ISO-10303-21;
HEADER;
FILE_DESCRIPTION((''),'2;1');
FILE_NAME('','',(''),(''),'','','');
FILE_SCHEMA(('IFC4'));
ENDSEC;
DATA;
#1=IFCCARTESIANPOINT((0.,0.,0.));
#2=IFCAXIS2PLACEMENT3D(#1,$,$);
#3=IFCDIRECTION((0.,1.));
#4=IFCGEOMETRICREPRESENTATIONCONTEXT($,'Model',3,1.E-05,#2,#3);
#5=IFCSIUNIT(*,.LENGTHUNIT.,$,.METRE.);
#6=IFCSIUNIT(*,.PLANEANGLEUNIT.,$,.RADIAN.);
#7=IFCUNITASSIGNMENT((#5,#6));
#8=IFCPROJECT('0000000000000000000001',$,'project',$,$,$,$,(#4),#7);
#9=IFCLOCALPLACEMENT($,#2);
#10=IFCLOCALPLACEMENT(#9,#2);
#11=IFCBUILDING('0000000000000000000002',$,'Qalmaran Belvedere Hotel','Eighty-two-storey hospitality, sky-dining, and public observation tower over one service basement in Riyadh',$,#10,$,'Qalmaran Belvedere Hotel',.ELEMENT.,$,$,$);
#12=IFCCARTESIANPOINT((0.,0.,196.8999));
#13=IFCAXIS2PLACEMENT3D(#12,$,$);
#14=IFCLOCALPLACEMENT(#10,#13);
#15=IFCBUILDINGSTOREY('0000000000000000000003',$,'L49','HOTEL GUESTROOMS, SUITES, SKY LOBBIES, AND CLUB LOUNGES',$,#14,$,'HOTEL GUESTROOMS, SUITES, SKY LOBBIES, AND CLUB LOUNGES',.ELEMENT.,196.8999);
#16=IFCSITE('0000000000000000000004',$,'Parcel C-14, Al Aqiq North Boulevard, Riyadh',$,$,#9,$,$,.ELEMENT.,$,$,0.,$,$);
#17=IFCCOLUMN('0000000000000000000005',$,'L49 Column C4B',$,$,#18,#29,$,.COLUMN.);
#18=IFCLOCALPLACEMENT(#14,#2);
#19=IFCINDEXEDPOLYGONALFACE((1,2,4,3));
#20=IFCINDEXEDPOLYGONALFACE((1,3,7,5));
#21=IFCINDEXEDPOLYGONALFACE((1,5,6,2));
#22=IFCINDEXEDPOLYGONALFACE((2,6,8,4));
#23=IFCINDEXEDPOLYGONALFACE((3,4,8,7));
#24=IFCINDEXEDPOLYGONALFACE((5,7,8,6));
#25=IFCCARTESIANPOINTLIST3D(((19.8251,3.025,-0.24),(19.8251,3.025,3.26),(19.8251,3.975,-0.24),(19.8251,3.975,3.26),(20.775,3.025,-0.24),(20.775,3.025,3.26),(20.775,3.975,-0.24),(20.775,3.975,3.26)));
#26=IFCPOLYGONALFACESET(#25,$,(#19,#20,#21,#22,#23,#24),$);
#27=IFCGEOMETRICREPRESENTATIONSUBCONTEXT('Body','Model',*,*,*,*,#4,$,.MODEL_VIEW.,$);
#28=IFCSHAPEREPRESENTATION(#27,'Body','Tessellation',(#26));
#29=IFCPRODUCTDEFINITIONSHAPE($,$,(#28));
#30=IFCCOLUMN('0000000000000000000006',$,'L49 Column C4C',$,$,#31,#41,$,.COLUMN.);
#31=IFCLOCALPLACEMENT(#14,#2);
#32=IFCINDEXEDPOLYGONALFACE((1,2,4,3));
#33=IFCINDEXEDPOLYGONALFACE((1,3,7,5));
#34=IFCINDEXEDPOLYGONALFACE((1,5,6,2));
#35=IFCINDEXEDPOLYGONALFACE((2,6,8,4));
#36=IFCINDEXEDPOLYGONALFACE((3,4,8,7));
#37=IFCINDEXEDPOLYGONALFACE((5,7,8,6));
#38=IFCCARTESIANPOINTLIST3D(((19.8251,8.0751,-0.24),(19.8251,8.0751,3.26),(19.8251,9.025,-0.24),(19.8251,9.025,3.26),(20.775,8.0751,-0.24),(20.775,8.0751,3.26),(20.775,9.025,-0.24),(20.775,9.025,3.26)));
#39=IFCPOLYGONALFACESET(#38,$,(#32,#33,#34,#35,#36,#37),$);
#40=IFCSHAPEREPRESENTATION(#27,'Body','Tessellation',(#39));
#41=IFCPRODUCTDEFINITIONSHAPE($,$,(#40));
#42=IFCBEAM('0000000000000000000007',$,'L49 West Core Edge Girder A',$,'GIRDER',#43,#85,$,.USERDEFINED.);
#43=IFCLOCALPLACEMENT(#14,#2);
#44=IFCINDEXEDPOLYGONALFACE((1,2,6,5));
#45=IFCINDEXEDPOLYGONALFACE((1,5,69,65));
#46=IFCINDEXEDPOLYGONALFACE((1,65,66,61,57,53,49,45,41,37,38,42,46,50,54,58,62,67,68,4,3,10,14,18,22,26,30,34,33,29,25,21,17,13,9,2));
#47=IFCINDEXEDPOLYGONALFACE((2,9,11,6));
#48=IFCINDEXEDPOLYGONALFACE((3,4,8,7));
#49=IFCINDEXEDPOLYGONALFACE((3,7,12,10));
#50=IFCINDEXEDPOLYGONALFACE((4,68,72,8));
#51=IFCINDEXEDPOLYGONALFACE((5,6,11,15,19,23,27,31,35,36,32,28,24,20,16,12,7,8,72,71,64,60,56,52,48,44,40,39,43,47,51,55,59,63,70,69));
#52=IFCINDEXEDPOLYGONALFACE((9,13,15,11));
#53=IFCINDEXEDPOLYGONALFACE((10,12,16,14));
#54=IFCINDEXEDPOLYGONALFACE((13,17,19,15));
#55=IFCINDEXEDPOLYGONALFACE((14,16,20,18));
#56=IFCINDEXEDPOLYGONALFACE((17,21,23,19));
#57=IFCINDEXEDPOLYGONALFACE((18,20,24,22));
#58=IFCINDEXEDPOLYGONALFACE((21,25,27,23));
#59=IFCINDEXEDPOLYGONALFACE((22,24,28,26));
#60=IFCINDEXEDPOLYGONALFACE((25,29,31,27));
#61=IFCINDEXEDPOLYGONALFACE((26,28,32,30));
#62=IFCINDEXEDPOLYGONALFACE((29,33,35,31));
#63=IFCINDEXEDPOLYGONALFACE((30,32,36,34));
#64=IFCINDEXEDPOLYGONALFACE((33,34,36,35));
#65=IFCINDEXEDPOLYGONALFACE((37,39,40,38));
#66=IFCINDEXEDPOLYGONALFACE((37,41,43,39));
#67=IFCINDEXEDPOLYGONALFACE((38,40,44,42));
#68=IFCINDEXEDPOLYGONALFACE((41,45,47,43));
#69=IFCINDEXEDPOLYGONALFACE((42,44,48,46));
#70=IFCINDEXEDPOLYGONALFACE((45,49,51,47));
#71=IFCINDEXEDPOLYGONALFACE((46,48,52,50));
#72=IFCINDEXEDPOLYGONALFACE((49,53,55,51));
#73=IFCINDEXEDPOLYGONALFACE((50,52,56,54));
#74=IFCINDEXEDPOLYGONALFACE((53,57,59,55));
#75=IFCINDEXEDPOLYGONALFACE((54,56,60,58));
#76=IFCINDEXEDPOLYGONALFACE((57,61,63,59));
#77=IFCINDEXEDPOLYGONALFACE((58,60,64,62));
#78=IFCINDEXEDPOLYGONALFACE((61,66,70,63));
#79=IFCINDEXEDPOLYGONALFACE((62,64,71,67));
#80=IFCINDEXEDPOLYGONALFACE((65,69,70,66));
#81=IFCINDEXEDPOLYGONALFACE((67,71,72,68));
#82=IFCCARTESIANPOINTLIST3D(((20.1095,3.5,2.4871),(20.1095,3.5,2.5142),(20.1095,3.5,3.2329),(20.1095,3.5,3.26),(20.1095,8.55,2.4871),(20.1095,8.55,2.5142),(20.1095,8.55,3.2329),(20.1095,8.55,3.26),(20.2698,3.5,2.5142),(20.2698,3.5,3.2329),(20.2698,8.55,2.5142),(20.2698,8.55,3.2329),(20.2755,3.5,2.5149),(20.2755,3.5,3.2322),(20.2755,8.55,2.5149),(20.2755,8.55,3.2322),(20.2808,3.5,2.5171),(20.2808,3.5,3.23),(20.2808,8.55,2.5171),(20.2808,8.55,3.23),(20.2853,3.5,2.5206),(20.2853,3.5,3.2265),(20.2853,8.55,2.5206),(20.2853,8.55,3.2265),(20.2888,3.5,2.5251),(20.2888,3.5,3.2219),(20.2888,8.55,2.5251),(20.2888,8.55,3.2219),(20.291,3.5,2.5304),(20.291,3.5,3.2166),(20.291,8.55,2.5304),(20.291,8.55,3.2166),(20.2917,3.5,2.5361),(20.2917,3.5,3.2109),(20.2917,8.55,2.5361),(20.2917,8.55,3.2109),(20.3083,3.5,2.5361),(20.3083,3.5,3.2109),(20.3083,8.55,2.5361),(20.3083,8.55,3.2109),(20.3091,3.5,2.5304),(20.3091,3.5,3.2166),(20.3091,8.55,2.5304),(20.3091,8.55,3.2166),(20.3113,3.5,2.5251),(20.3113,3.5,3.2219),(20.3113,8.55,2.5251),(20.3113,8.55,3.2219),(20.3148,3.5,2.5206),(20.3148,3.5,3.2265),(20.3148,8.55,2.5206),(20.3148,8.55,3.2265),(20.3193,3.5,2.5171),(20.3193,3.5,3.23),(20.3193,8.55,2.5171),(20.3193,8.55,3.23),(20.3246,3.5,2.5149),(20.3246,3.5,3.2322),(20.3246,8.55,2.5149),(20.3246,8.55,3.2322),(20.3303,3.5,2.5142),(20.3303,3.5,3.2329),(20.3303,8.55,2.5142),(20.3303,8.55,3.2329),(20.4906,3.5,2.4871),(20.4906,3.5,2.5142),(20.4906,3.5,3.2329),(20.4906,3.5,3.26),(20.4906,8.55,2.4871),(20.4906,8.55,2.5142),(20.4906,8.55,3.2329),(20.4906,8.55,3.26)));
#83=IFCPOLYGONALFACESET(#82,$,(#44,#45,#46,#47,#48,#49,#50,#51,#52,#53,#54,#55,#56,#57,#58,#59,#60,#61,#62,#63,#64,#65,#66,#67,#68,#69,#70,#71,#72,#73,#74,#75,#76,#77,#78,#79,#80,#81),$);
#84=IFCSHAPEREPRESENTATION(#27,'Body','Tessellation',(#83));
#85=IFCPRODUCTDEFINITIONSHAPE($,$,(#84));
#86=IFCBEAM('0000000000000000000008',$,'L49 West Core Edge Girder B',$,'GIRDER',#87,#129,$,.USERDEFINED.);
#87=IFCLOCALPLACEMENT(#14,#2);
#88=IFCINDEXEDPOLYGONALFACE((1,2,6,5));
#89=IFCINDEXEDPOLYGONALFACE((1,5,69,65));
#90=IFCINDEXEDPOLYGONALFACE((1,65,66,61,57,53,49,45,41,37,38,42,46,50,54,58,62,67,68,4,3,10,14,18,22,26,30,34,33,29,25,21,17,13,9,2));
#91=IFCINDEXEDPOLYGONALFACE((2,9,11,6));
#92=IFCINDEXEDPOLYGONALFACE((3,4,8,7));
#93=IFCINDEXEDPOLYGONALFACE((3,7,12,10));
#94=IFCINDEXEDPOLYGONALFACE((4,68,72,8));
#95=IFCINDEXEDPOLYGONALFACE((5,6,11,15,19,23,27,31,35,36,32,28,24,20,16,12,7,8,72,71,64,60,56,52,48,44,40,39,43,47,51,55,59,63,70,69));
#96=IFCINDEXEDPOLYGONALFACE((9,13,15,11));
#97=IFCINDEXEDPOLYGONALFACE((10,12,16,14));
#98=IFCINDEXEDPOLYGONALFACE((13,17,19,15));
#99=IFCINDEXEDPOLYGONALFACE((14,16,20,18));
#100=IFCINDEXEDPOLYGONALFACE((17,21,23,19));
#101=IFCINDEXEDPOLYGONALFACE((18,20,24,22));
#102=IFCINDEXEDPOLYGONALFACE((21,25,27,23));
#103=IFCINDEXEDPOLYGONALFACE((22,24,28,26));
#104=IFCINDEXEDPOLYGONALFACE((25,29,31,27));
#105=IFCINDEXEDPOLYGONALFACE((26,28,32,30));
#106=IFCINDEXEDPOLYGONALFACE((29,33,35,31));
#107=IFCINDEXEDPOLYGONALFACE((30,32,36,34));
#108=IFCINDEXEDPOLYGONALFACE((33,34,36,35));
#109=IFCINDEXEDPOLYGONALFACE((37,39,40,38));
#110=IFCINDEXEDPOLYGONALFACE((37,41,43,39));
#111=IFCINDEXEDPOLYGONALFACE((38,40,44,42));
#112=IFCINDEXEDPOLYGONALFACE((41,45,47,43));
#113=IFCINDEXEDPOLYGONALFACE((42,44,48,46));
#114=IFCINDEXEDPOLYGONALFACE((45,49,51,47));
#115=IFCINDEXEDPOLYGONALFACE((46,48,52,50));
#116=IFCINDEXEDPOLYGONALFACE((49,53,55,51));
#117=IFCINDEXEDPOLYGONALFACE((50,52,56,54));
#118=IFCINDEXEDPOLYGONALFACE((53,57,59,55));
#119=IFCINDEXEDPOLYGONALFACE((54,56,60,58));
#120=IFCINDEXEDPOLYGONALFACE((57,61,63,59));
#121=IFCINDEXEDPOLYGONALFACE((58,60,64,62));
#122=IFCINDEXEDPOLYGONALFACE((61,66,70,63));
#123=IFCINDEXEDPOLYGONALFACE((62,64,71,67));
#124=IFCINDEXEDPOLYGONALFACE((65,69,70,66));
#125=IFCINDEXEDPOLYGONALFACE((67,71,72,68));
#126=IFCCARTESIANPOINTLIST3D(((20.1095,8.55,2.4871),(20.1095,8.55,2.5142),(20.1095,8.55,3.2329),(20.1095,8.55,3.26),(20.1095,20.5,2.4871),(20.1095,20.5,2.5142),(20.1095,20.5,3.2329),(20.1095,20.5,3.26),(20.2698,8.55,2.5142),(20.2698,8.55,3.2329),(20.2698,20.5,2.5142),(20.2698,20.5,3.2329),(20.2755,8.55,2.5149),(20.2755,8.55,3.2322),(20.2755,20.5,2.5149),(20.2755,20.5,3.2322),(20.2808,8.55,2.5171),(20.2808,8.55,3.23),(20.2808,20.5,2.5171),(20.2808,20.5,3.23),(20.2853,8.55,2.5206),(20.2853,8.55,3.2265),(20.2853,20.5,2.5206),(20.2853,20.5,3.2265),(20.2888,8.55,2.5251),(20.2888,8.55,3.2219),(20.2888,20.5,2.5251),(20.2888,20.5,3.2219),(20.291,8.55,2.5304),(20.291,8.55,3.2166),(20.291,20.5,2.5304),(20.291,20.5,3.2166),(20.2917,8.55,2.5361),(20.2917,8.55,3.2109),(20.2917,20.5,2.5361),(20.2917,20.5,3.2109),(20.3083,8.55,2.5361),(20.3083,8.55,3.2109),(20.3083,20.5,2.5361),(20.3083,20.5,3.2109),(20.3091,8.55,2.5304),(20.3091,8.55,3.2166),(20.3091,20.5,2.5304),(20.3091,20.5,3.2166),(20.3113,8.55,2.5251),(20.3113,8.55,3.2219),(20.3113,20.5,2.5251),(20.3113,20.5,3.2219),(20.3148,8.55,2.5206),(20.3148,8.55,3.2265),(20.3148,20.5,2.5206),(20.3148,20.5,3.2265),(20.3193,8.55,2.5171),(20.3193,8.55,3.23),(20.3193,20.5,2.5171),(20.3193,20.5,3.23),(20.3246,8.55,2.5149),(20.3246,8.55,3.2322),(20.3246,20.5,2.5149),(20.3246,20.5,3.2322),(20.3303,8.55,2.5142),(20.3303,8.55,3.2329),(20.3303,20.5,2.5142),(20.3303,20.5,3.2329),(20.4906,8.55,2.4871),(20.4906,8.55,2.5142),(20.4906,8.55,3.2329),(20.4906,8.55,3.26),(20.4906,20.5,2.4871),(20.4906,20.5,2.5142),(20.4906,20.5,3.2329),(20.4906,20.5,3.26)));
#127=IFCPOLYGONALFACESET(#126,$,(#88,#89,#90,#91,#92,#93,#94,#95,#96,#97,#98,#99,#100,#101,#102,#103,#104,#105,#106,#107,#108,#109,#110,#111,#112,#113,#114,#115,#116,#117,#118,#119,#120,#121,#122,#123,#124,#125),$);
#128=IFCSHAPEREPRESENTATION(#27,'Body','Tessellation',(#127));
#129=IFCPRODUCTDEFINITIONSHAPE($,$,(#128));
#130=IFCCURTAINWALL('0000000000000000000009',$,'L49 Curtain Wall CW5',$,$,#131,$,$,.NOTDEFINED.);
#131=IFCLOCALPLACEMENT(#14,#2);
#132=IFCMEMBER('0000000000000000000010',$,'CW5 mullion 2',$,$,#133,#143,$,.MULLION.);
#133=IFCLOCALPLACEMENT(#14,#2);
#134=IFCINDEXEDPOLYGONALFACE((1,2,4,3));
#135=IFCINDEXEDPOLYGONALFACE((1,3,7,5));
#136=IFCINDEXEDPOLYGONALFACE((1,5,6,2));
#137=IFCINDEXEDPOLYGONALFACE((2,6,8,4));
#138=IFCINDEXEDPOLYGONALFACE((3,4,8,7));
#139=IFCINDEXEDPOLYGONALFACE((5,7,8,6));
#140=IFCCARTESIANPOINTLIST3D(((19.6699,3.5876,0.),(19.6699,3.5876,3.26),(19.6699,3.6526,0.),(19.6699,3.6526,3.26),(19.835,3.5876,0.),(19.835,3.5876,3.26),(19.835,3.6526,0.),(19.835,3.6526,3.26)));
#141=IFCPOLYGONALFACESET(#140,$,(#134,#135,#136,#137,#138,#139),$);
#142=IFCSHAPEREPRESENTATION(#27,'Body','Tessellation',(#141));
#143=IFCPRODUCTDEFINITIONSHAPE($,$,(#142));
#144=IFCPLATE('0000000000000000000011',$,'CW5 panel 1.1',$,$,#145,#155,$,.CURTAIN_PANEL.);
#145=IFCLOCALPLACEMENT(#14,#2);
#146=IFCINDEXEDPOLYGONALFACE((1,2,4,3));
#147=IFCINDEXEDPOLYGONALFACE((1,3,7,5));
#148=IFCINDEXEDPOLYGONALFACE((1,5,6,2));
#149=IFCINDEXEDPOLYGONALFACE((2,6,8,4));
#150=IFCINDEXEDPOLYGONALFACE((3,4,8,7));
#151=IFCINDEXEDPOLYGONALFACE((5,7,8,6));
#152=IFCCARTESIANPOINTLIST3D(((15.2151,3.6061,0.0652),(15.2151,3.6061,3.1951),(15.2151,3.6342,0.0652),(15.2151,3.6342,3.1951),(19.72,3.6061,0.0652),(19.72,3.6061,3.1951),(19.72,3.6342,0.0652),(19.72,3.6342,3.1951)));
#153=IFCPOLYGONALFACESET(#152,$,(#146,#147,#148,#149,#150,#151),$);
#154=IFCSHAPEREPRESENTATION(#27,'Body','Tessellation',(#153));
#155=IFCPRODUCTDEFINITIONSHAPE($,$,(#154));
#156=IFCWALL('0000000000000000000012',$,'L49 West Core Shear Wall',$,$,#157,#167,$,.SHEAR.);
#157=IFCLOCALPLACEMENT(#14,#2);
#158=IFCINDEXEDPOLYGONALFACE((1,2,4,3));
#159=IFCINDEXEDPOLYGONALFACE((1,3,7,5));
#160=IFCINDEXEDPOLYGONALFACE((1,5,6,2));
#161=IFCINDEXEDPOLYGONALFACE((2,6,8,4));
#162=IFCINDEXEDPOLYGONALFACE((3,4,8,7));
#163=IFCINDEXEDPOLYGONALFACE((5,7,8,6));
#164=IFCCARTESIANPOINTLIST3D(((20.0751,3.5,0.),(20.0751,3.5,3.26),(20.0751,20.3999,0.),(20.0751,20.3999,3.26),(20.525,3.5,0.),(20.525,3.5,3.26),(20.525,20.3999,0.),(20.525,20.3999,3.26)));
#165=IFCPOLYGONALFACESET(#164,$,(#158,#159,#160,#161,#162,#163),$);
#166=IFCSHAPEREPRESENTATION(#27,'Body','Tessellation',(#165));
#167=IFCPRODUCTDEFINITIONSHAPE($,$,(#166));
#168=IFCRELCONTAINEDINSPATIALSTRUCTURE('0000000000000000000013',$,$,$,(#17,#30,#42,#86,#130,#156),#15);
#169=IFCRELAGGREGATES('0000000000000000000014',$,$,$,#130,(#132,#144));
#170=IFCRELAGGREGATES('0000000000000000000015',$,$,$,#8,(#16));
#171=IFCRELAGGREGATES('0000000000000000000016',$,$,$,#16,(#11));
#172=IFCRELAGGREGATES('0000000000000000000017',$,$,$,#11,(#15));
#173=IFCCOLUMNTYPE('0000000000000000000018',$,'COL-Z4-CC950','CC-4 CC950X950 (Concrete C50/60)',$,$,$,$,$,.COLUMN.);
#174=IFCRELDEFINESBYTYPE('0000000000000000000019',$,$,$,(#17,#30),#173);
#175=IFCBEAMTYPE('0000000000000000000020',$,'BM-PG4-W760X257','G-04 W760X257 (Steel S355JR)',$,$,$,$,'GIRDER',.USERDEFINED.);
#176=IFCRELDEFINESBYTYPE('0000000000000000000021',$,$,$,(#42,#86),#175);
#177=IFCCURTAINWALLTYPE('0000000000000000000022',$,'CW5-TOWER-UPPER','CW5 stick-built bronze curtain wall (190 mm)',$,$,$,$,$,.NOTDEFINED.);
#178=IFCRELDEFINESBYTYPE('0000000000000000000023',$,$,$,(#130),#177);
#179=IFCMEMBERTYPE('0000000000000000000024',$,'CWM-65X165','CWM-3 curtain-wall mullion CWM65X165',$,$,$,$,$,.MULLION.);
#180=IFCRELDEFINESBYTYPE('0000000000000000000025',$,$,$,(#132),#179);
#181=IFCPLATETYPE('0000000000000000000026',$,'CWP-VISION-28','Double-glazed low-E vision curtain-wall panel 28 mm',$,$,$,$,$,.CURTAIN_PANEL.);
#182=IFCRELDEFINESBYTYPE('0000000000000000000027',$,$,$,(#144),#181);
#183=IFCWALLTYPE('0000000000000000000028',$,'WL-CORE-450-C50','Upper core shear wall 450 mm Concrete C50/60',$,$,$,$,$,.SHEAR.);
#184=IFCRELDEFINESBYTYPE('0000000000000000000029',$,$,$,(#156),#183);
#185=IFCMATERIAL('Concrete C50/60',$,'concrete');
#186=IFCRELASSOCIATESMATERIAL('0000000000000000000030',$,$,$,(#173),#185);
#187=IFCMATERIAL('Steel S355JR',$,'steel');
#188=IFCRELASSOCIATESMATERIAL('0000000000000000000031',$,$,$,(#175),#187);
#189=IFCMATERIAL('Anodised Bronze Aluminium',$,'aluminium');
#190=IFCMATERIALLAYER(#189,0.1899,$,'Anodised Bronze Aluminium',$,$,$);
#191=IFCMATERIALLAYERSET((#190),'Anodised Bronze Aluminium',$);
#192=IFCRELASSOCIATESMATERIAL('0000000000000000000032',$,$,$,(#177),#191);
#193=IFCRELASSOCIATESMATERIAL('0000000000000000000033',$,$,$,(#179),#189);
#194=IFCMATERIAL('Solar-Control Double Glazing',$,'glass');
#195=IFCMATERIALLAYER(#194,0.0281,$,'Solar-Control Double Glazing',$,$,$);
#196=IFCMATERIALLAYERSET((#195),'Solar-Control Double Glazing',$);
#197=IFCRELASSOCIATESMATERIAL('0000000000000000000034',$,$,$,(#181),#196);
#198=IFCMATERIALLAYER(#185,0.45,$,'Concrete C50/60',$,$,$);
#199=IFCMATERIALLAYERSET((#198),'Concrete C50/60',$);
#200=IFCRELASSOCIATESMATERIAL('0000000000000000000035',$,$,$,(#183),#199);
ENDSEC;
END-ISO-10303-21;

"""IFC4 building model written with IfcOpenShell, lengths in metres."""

from ifc_helpers import new_model, si_unit, direction, frame, frame_2d, origin, origin_2d, place, context, subcontext, project, spatial, rectangle, i_section, extrude, material, layer, layer_set, material_profile, profile_set, type_object, element, aggregate, save


model = new_model("IFC4")

# Units and contexts
model_context = context("Model", 3, precision=1e-05, world=origin(), true_north=direction((0.0, 1.0)))
body_context = subcontext(model_context, "Body", "Model", "MODEL_VIEW")
ifc_project = project(units=[si_unit("LENGTHUNIT", "METRE"), si_unit("PLANEANGLEUNIT", "RADIAN")], contexts=[model_context])

# Site, building, storey
site_placement = place(None, origin())
site = spatial("IfcSite", under=ifc_project, at=site_placement, Name="Parcel C-14, Al Aqiq North Boulevard, Riyadh", CompositionType="ELEMENT", RefElevation=0.0)
building_placement = place(site_placement, origin())
building = spatial("IfcBuilding", under=site, at=building_placement, Name="Qalmaran Belvedere Hotel", Description="Eighty-two-storey hospitality, sky-dining, and public observation tower over one service basement in Riyadh", LongName="Qalmaran Belvedere Hotel", CompositionType="ELEMENT")
storey_placement = place(building_placement, frame((0.0, 0.0, 196.8999)))
storey = spatial("IfcBuildingStorey", under=building, at=storey_placement, Name="L49", Description="HOTEL GUESTROOMS, SUITES, SKY LOBBIES, AND CLUB LOUNGES", LongName="HOTEL GUESTROOMS, SUITES, SKY LOBBIES, AND CLUB LOUNGES", CompositionType="ELEMENT", Elevation=196.8999)

# Columns
ifc_material_1 = material(Name="Concrete C50/60", Category="concrete")
ifc_material_profile_1 = material_profile(ifc_material_1, rectangle(XDim=0.95, YDim=0.95, at=origin_2d()), Name="CC950X950")
ifc_profile_set_1 = profile_set([ifc_material_profile_1], Name="Concrete C50/60")
column_type = type_object("IfcColumnType", Name="COL-Z4-CC950", Description="CC-4 CC950X950 (Concrete C50/60)", PredefinedType="COLUMN", material=ifc_profile_set_1)
for number, where, z_axis, x_axis, name in (
    (1, (20.3, 3.5, -0.24), (0.0, 0.0, 1.0), (1.0, 0.0, 0.0), "L49 Column C4B"),
    (2, (20.3, 8.55, -0.24), (0.0, 0.0, 1.0), (1.0, 0.0, 0.0), "L49 Column C4C"),
):
    element("IfcColumn", number, at=place(storey_placement, frame(where, z_axis=z_axis, x_axis=x_axis)), inside=storey, type_object=column_type, Name=name, PredefinedType="COLUMN", context=body_context, shape_type="SweptSolid", body=[
        extrude(rectangle(XDim=0.95, YDim=0.95, at=origin_2d()), origin(), (0.0, 0.0, 1.0), 3.5),
    ])

# Beams
ifc_material_2 = material(Name="Steel S355JR", Category="steel")
ifc_material_profile_2 = material_profile(ifc_material_2, i_section(OverallWidth=0.3811, OverallDepth=0.7729, WebThickness=0.0166, FlangeThickness=0.0271, FilletRadius=0.022, at=origin_2d()), Name="W760X257")
ifc_profile_set_2 = profile_set([ifc_material_profile_2], Name="Steel S355JR")
beam_type = type_object("IfcBeamType", Name="BM-PG4-W760X257", Description="G-04 W760X257 (Steel S355JR)", ElementType="GIRDER", PredefinedType="USERDEFINED", material=ifc_profile_set_2)
beam_1_placement = place(storey_placement, frame((20.3, 3.5, 2.8735), z_axis=(0.0, 1.0, 0.0), x_axis=(-1.0, 0.0, 0.0)))
element("IfcBeam", 3, at=beam_1_placement, inside=storey, type_object=beam_type, Name="L49 West Core Edge Girder A", ObjectType="GIRDER", PredefinedType="USERDEFINED", context=body_context, shape_type="SweptSolid", body=[
    extrude(i_section(OverallWidth=0.3811, OverallDepth=0.7729, WebThickness=0.0166, FlangeThickness=0.0271, FilletRadius=0.022, at=origin_2d()), origin(), (0.0, 0.0, 1.0), 5.05),
])
beam_2_placement = place(storey_placement, frame((20.3, 8.55, 2.8735), z_axis=(0.0, 1.0, 0.0), x_axis=(-1.0, 0.0, 0.0)))
element("IfcBeam", 4, at=beam_2_placement, inside=storey, type_object=beam_type, Name="L49 West Core Edge Girder B", ObjectType="GIRDER", PredefinedType="USERDEFINED", context=body_context, shape_type="SweptSolid", body=[
    extrude(i_section(OverallWidth=0.3811, OverallDepth=0.7729, WebThickness=0.0166, FlangeThickness=0.0271, FilletRadius=0.022, at=origin_2d()), origin(), (0.0, 0.0, 1.0), 11.95),
])

# Curtain wall, member, plate
ifc_material_3 = material(Name="Anodised Bronze Aluminium", Category="aluminium")
ifc_layer_1 = layer(ifc_material_3, 0.1899, Name="Anodised Bronze Aluminium")
ifc_layer_set_1 = layer_set([ifc_layer_1], Name="Anodised Bronze Aluminium")
curtain_wall_type = type_object("IfcCurtainWallType", Name="CW5-TOWER-UPPER", Description="CW5 stick-built bronze curtain wall (190 mm)", PredefinedType="NOTDEFINED", material=ifc_layer_set_1)
curtain_wall_placement = place(storey_placement, origin())
curtain_wall = element("IfcCurtainWall", 5, at=curtain_wall_placement, inside=storey, type_object=curtain_wall_type, Name="L49 Curtain Wall CW5", PredefinedType="NOTDEFINED")
ifc_material_profile_3 = material_profile(ifc_material_3, rectangle(XDim=0.0649, YDim=0.165, at=origin_2d()), Name="CWM65X165")
ifc_profile_set_3 = profile_set([ifc_material_profile_3], Name="Anodised Bronze Aluminium")
member_type = type_object("IfcMemberType", Name="CWM-65X165", Description="CWM-3 curtain-wall mullion CWM65X165", PredefinedType="MULLION", material=ifc_profile_set_3)
member_placement = place(storey_placement, frame((19.7524, 3.6201, 0.0), z_axis=(0.0, 0.0, 1.0), x_axis=(0.0, 1.0, 0.0)))
member = element("IfcMember", 6, at=member_placement, type_object=member_type, Name="CW5 mullion 2", PredefinedType="MULLION", context=body_context, shape_type="SweptSolid", body=[
    extrude(rectangle(XDim=0.0649, YDim=0.165, at=origin_2d()), origin(), (0.0, 0.0, 1.0), 3.26),
])
ifc_material_4 = material(Name="Solar-Control Double Glazing", Category="glass")
ifc_layer_2 = layer(ifc_material_4, 0.0281, Name="Solar-Control Double Glazing")
ifc_layer_set_2 = layer_set([ifc_layer_2], Name="Solar-Control Double Glazing")
plate_type = type_object("IfcPlateType", Name="CWP-VISION-28", Description="Double-glazed low-E vision curtain-wall panel 28 mm", PredefinedType="CURTAIN_PANEL", material=ifc_layer_set_2)
plate_placement = place(storey_placement, frame((17.4675, 3.6201, 0.0652), z_axis=(0.0, 0.0, 1.0), x_axis=(1.0, 0.0, 0.0)))
plate = element("IfcPlate", 7, at=plate_placement, type_object=plate_type, Name="CW5 panel 1.1", PredefinedType="CURTAIN_PANEL", context=body_context, shape_type="SweptSolid", body=[
    extrude(rectangle(XDim=4.5049, YDim=0.0281, at=origin_2d()), origin(), (0.0, 0.0, 1.0), 3.1299),
])
aggregate(curtain_wall, [member, plate])

# Wall
ifc_layer_3 = layer(ifc_material_1, 0.45, Name="Concrete C50/60")
ifc_layer_set_3 = layer_set([ifc_layer_3], Name="Concrete C50/60")
wall_type_1 = type_object("IfcWallType", Name="WL-CORE-450-C50", Description="Upper core shear wall 450 mm Concrete C50/60", PredefinedType="SHEAR", material=ifc_layer_set_3)
wall_1_placement = place(storey_placement, frame((20.3, 3.5, 0.0), z_axis=(0.0, 0.0, 1.0), x_axis=(0.0, 1.0, 0.0)))
element("IfcWall", 8, at=wall_1_placement, inside=storey, type_object=wall_type_1, Name="L49 West Core Shear Wall", PredefinedType="SHEAR", context=body_context, shape_type="SweptSolid", body=[
    extrude(rectangle(XDim=16.8999, YDim=0.45, at=frame_2d((8.45, 0.0))), origin(), (0.0, 0.0, 1.0), 3.26),
])

save(model, "model.ifc")
